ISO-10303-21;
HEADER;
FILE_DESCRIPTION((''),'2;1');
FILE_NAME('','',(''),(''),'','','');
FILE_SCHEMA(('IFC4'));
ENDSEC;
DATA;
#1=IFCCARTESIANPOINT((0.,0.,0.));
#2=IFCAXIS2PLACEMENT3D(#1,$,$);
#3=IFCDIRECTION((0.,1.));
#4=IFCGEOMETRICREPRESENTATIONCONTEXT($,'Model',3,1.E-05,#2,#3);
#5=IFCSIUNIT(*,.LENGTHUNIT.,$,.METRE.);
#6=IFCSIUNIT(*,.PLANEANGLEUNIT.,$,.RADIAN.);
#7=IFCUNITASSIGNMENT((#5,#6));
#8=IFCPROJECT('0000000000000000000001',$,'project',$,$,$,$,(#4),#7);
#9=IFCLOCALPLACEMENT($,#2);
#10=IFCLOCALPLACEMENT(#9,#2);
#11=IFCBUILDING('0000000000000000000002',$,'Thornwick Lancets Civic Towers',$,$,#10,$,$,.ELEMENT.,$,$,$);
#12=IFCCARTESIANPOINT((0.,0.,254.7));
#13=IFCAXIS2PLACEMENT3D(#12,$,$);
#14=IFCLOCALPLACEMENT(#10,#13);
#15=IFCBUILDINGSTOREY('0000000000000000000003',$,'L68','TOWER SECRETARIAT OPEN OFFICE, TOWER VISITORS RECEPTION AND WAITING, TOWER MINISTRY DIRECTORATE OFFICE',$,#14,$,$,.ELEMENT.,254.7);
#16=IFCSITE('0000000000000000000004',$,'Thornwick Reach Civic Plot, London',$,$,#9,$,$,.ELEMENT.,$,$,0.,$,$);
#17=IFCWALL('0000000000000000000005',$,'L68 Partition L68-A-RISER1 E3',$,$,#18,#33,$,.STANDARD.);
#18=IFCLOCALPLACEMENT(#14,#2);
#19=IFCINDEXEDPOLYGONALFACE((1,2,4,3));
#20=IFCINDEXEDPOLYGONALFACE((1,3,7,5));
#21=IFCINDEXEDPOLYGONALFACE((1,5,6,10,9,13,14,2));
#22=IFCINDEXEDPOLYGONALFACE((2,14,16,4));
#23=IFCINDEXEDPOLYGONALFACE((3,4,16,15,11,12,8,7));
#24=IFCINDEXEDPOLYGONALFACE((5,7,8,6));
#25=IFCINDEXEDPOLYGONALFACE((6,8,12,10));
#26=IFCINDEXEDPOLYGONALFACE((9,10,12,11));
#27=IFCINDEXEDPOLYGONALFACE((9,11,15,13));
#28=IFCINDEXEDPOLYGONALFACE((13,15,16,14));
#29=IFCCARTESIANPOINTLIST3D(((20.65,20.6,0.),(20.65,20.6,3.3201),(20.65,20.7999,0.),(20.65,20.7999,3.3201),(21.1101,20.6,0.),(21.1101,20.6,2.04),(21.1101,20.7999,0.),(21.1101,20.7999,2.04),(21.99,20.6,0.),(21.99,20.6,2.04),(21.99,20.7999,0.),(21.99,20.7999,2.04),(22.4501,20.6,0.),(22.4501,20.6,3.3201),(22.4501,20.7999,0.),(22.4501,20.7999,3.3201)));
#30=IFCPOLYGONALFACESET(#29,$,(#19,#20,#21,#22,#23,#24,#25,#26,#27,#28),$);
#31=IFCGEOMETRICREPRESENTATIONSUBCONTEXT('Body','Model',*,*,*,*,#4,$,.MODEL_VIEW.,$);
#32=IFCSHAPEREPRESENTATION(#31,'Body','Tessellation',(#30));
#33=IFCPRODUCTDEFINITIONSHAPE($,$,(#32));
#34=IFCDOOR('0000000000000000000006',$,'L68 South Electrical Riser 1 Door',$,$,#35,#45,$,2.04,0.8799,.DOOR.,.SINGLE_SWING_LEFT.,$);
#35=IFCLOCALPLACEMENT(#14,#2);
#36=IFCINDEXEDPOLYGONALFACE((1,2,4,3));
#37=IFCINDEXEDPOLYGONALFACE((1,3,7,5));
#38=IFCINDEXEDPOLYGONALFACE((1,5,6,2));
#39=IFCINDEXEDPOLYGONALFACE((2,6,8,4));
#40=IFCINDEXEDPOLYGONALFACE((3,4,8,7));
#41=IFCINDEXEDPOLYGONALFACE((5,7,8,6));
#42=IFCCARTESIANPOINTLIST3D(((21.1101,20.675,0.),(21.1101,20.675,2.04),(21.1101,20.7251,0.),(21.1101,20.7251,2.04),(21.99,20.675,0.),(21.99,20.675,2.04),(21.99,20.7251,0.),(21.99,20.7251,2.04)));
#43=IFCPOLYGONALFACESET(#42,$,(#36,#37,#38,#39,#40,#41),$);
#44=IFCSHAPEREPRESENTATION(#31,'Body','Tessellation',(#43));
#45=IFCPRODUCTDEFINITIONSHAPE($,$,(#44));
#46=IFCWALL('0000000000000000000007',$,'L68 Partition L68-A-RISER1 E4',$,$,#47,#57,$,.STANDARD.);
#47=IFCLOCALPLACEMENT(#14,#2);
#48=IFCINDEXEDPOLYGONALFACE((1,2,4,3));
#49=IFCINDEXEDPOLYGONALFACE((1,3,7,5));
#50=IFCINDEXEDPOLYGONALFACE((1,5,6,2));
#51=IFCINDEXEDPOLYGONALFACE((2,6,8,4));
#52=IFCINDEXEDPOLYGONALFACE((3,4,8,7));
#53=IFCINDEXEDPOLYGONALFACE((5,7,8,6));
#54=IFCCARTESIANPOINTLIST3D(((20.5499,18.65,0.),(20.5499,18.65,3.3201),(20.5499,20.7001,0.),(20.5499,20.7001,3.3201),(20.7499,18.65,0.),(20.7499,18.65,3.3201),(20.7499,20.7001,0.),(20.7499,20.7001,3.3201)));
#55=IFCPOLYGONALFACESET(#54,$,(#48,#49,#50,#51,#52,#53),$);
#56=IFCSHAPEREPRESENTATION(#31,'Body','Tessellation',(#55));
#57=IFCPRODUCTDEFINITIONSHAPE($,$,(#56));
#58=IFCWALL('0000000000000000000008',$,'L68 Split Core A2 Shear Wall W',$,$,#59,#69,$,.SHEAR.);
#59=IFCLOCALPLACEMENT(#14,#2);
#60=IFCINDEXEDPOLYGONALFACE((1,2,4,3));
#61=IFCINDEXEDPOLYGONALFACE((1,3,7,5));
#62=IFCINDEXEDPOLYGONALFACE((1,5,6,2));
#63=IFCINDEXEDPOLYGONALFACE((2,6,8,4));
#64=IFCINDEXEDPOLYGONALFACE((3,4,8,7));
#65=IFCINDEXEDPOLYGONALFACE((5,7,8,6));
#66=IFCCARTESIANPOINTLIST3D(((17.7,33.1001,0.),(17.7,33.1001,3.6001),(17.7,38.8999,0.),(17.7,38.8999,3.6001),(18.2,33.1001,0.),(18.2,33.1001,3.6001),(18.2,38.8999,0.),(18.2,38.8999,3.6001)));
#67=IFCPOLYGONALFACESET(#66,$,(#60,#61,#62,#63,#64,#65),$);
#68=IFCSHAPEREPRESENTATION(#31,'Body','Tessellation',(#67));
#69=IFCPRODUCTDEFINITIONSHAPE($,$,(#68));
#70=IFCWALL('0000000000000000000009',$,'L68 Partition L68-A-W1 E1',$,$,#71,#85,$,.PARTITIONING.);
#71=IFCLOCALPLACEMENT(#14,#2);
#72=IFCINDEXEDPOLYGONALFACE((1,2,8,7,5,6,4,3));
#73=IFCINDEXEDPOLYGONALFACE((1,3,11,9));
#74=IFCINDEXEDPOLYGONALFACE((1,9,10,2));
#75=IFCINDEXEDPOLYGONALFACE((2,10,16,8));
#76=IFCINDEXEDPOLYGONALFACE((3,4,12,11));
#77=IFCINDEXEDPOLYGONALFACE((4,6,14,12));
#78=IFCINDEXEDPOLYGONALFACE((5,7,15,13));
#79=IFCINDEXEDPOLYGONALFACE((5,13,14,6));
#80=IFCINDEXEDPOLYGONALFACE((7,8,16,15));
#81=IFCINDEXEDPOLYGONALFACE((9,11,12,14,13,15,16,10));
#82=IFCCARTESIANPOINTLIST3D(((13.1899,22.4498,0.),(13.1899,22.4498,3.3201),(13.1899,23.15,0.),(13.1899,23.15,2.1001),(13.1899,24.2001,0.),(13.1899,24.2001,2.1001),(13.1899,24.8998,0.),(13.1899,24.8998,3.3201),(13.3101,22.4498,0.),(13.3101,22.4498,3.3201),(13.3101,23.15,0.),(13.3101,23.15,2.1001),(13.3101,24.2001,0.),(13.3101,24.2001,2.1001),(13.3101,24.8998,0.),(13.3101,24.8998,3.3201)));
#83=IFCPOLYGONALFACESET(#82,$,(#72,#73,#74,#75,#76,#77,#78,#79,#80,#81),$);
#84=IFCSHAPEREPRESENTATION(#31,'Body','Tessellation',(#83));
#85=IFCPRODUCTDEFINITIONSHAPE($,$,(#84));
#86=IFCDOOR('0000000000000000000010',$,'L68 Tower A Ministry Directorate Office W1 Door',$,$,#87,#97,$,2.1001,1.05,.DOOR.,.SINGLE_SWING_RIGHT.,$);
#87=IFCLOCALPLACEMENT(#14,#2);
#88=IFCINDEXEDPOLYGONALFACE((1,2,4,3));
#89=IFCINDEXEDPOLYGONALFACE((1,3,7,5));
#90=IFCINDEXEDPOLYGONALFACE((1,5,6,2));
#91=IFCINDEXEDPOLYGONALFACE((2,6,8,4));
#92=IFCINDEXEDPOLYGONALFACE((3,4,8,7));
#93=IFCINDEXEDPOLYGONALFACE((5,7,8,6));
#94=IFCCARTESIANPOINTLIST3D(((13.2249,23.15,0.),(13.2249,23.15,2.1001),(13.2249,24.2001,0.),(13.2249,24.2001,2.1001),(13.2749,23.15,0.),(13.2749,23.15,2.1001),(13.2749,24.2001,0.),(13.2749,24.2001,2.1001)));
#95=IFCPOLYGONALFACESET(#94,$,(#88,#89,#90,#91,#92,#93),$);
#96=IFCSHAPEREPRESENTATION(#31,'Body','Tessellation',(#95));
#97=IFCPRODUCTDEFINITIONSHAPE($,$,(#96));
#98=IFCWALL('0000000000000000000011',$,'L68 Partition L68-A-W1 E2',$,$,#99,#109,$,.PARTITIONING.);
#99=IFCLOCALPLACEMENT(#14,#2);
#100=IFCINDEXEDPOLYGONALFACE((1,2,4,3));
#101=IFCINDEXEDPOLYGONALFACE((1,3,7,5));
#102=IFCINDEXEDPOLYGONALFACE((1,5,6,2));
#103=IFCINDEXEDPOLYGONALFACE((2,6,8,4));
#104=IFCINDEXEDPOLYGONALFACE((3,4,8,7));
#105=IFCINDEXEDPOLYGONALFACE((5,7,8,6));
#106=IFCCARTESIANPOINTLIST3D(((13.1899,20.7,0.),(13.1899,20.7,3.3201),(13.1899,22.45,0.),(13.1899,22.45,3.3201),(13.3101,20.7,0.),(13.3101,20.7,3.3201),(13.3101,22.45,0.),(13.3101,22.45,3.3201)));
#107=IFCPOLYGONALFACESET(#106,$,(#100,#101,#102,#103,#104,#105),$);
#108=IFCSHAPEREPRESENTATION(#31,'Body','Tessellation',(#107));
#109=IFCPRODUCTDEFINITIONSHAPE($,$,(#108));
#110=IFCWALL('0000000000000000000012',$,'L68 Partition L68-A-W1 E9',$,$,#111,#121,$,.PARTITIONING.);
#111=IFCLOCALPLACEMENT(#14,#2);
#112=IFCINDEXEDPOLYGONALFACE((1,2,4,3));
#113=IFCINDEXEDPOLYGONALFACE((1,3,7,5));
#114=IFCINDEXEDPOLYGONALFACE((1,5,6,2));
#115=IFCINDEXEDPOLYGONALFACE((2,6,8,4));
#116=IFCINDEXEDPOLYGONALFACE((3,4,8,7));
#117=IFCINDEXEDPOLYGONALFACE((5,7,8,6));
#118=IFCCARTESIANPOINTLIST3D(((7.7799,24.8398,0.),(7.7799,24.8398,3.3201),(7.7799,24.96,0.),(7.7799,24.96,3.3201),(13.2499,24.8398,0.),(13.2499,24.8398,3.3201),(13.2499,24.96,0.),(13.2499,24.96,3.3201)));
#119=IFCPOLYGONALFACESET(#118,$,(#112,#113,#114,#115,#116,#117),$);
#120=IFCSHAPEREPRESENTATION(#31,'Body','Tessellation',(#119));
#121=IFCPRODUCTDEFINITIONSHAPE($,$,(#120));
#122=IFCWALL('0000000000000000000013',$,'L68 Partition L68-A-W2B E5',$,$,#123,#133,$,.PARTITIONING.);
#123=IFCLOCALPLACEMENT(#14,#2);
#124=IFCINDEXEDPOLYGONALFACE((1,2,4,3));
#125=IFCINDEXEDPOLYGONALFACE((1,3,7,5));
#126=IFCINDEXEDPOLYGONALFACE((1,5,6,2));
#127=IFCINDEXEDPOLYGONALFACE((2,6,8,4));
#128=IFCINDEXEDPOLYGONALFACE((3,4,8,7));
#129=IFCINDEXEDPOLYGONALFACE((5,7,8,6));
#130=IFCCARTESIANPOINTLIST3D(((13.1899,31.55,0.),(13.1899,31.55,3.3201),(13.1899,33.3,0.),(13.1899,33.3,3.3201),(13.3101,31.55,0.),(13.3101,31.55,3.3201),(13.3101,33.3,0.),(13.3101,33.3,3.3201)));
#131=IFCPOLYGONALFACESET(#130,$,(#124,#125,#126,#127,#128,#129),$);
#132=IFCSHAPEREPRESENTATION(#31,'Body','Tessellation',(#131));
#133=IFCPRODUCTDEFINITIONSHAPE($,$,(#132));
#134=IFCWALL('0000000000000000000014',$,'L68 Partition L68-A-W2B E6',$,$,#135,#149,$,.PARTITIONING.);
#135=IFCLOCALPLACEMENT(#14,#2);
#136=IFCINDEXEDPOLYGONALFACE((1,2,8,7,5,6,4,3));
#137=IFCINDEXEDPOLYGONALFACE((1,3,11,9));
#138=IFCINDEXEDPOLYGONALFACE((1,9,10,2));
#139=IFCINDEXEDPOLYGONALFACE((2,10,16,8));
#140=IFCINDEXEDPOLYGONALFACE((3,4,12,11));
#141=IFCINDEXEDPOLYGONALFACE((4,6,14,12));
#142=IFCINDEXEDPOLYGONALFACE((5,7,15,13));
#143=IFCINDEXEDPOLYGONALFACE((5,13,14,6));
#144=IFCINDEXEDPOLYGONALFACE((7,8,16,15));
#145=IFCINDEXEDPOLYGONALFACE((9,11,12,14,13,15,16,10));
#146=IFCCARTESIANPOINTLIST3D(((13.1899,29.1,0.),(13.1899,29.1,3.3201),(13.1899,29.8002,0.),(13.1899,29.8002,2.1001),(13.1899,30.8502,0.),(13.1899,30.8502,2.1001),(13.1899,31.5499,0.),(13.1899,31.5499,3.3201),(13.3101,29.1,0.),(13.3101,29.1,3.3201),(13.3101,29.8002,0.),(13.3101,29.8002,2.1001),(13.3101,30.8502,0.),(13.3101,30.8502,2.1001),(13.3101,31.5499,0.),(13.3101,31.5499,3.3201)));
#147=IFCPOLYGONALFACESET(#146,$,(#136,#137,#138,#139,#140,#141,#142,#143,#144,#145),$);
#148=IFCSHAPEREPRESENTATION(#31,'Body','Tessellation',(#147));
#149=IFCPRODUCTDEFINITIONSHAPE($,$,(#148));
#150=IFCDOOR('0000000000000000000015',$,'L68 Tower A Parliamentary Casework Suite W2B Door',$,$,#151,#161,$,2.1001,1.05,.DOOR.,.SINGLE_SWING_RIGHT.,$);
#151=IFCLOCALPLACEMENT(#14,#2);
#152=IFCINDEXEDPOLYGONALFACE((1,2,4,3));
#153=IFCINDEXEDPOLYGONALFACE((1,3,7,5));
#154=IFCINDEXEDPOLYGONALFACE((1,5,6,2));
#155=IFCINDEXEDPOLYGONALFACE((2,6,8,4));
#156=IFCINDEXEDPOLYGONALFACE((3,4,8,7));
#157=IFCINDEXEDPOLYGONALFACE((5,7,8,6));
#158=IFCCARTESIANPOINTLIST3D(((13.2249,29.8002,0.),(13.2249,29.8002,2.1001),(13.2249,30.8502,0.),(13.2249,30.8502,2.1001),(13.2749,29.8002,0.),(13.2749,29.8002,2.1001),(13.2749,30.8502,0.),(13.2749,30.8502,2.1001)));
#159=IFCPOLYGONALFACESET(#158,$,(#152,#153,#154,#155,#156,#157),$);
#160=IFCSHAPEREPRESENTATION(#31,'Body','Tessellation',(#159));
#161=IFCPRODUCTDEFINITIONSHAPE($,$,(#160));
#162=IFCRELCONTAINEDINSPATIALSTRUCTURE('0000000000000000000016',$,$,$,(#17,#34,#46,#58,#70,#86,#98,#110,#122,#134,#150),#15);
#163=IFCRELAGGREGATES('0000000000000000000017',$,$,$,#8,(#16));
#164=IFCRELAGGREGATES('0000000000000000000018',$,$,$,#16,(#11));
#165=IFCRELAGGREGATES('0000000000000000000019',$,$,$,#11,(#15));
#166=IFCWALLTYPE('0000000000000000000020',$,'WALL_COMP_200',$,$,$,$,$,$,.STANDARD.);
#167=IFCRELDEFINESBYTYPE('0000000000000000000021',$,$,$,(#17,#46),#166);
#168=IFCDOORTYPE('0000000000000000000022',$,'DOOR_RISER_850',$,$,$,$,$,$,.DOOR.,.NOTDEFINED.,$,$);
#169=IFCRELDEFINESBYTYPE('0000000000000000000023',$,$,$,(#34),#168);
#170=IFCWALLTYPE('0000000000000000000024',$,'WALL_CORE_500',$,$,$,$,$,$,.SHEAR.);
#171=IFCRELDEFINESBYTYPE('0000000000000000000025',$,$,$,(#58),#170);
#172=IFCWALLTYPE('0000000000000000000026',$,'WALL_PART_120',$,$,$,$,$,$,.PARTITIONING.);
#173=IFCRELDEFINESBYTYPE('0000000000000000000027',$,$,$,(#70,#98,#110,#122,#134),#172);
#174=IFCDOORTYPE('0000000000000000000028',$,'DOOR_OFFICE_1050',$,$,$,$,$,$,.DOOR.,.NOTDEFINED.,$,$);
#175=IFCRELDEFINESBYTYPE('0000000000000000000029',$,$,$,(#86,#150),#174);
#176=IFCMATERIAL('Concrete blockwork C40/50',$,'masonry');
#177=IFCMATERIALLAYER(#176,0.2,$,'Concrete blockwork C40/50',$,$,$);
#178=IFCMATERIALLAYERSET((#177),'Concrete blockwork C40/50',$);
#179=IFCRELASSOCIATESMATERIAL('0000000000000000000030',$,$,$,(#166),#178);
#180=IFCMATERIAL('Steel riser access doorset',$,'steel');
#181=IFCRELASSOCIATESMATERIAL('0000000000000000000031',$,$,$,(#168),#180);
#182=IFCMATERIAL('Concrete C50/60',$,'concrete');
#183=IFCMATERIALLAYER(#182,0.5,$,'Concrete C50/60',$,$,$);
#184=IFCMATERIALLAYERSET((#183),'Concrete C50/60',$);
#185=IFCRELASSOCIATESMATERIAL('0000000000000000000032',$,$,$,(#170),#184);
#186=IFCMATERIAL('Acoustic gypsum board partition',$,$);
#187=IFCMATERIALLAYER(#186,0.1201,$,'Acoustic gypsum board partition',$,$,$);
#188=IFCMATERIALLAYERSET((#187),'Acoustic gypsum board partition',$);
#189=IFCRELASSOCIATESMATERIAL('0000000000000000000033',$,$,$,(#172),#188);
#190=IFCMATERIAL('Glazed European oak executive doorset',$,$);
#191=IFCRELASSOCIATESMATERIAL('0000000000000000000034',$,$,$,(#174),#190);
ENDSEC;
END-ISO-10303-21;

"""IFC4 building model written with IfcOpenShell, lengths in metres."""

from ifc_helpers import new_model, si_unit, direction, frame, frame_2d, origin, place, context, subcontext, project, spatial, rectangle, extrude, material, layer, layer_set, type_object, element, fill, save


model = new_model("IFC4")

# Units and contexts
model_context = context("Model", 3, precision=1e-05, world=origin(), true_north=direction((0.0, 1.0)))
body_context = subcontext(model_context, "Body", "Model", "MODEL_VIEW")
ifc_project = project(units=[si_unit("LENGTHUNIT", "METRE"), si_unit("PLANEANGLEUNIT", "RADIAN")], contexts=[model_context])

# Site, building, storey
site_placement = place(None, origin())
site = spatial("IfcSite", under=ifc_project, at=site_placement, Name="Thornwick Reach Civic Plot, London", CompositionType="ELEMENT", RefElevation=0.0)
building_placement = place(site_placement, origin())
building = spatial("IfcBuilding", under=site, at=building_placement, Name="Thornwick Lancets Civic Towers", CompositionType="ELEMENT")
storey_placement = place(building_placement, frame((0.0, 0.0, 254.7)))
storey = spatial("IfcBuildingStorey", under=building, at=storey_placement, Name="L68", Description="TOWER SECRETARIAT OPEN OFFICE, TOWER VISITORS RECEPTION AND WAITING, TOWER MINISTRY DIRECTORATE OFFICE", CompositionType="ELEMENT", Elevation=254.7)

# Shared definitions
ifc_material_1 = material(Name="Concrete C50/60", Category="concrete")

# Wall, opening, door
ifc_material_2 = material(Name="Concrete blockwork C40/50", Category="masonry")
ifc_layer_1 = layer(ifc_material_2, 0.2, Name="Concrete blockwork C40/50")
ifc_layer_set_1 = layer_set([ifc_layer_1], Name="Concrete blockwork C40/50")
wall_type_1 = type_object("IfcWallType", Name="WALL_COMP_200", PredefinedType="STANDARD", material=ifc_layer_set_1)
wall_1_placement = place(storey_placement, frame((22.45, 20.7, 0.0), z_axis=(0.0, 0.0, 1.0), x_axis=(-1.0, 0.0, 0.0)))
wall_1 = element("IfcWall", 1, at=wall_1_placement, inside=storey, type_object=wall_type_1, Name="L68 Partition L68-A-RISER1 E3", PredefinedType="STANDARD", context=body_context, shape_type="SweptSolid", body=[
    extrude(rectangle(XDim=1.8, YDim=0.2, at=frame_2d((0.8999, 0.0))), origin(), (0.0, 0.0, 1.0), 3.3201),
])
opening_1_placement = place(wall_1_placement, frame((0.46, 0.0, 0.0)))
opening_1 = element("IfcOpeningElement", 2, at=opening_1_placement, cuts=wall_1, PredefinedType="OPENING", context=body_context, shape_type="SweptSolid", body=[
    extrude(rectangle(XDim=0.8799, YDim=2.04, at=frame_2d((0.4399, 1.02))), frame((0.0, 0.1099, 0.0), z_axis=(0.0, -1.0, 0.0), x_axis=(1.0, 0.0, 0.0)), (0.0, 0.0, 1.0), 0.22),
])
ifc_material_3 = material(Name="Steel riser access doorset", Category="steel")
door_type_1 = type_object("IfcDoorType", Name="DOOR_RISER_850", OperationType="NOTDEFINED", PredefinedType="DOOR", material=ifc_material_3)
door_1_placement = place(opening_1_placement, origin())
door_1 = element("IfcDoor", 3, at=door_1_placement, inside=storey, type_object=door_type_1, Name="L68 South Electrical Riser 1 Door", OperationType="SINGLE_SWING_LEFT", OverallHeight=2.04, OverallWidth=0.8799, PredefinedType="DOOR", context=body_context, shape_type="SweptSolid", body=[
    extrude(rectangle(XDim=0.8799, YDim=2.04, at=frame_2d((0.4399, 1.02))), frame((0.0, 0.0249, 0.0), z_axis=(0.0, -1.0, 0.0), x_axis=(1.0, 0.0, 0.0)), (0.0, 0.0, 1.0), 0.05),
])
fill(opening_1, door_1)

# Walls
wall_2_placement = place(storey_placement, frame((20.6499, 20.7, 0.0), z_axis=(0.0, 0.0, 1.0), x_axis=(0.0, -1.0, 0.0)))
element("IfcWall", 4, at=wall_2_placement, inside=storey, type_object=wall_type_1, Name="L68 Partition L68-A-RISER1 E4", PredefinedType="STANDARD", context=body_context, shape_type="SweptSolid", body=[
    extrude(rectangle(XDim=2.05, YDim=0.2, at=frame_2d((1.0249, 0.0))), origin(), (0.0, 0.0, 1.0), 3.3201),
])
ifc_layer_2 = layer(ifc_material_1, 0.5, Name="Concrete C50/60")
ifc_layer_set_2 = layer_set([ifc_layer_2], Name="Concrete C50/60")
wall_type_2 = type_object("IfcWallType", Name="WALL_CORE_500", PredefinedType="SHEAR", material=ifc_layer_set_2)
wall_3_placement = place(storey_placement, frame((17.95, 33.1001, 0.0), z_axis=(0.0, 0.0, 1.0), x_axis=(0.0, 1.0, 0.0)))
element("IfcWall", 5, at=wall_3_placement, inside=storey, type_object=wall_type_2, Name="L68 Split Core A2 Shear Wall W", PredefinedType="SHEAR", context=body_context, shape_type="SweptSolid", body=[
    extrude(rectangle(XDim=5.7998, YDim=0.5, at=frame_2d((2.8999, 0.0))), origin(), (0.0, 0.0, 1.0), 3.6001),
])

# Wall, opening, door
ifc_material_4 = material(Name="Acoustic gypsum board partition")
ifc_layer_3 = layer(ifc_material_4, 0.1201, Name="Acoustic gypsum board partition")
ifc_layer_set_3 = layer_set([ifc_layer_3], Name="Acoustic gypsum board partition")
wall_type_3 = type_object("IfcWallType", Name="WALL_PART_120", PredefinedType="PARTITIONING", material=ifc_layer_set_3)
wall_4_placement = place(storey_placement, frame((13.25, 24.8999, 0.0), z_axis=(0.0, 0.0, 1.0), x_axis=(0.0, -1.0, 0.0)))
wall_4 = element("IfcWall", 6, at=wall_4_placement, inside=storey, type_object=wall_type_3, Name="L68 Partition L68-A-W1 E1", PredefinedType="PARTITIONING", context=body_context, shape_type="SweptSolid", body=[
    extrude(rectangle(XDim=2.45, YDim=0.1201, at=frame_2d((1.2251, 0.0))), origin(), (0.0, 0.0, 1.0), 3.3201),
])
opening_2_placement = place(wall_4_placement, frame((0.7, 0.0, 0.0)))
opening_2 = element("IfcOpeningElement", 7, at=opening_2_placement, cuts=wall_4, PredefinedType="OPENING", context=body_context, shape_type="SweptSolid", body=[
    extrude(rectangle(XDim=1.05, YDim=2.1001, at=frame_2d((0.5249, 1.05))), frame((0.0, 0.0701, 0.0), z_axis=(0.0, -1.0, 0.0), x_axis=(1.0, 0.0, 0.0)), (0.0, 0.0, 1.0), 0.1401),
])
ifc_material_5 = material(Name="Glazed European oak executive doorset")
door_type_2 = type_object("IfcDoorType", Name="DOOR_OFFICE_1050", OperationType="NOTDEFINED", PredefinedType="DOOR", material=ifc_material_5)
door_2_placement = place(opening_2_placement, origin())
door_2 = element("IfcDoor", 8, at=door_2_placement, inside=storey, type_object=door_type_2, Name="L68 Tower A Ministry Directorate Office W1 Door", OperationType="SINGLE_SWING_RIGHT", OverallHeight=2.1001, OverallWidth=1.05, PredefinedType="DOOR", context=body_context, shape_type="SweptSolid", body=[
    extrude(rectangle(XDim=1.05, YDim=2.1001, at=frame_2d((0.5249, 1.05))), frame((0.0, 0.0249, 0.0), z_axis=(0.0, -1.0, 0.0), x_axis=(1.0, 0.0, 0.0)), (0.0, 0.0, 1.0), 0.05),
])
fill(opening_2, door_2)

# Walls
wall_5_placement = place(storey_placement, frame((13.25, 22.45, 0.0), z_axis=(0.0, 0.0, 1.0), x_axis=(0.0, -1.0, 0.0)))
element("IfcWall", 9, at=wall_5_placement, inside=storey, type_object=wall_type_3, Name="L68 Partition L68-A-W1 E2", PredefinedType="PARTITIONING", context=body_context, shape_type="SweptSolid", body=[
    extrude(rectangle(XDim=1.75, YDim=0.1201, at=frame_2d((0.875, 0.0))), origin(), (0.0, 0.0, 1.0), 3.3201),
])
wall_6_placement = place(storey_placement, frame((7.78, 24.8999, 0.0), z_axis=(0.0, 0.0, 1.0), x_axis=(1.0, 0.0, 0.0)))
element("IfcWall", 10, at=wall_6_placement, inside=storey, type_object=wall_type_3, Name="L68 Partition L68-A-W1 E9", PredefinedType="PARTITIONING", context=body_context, shape_type="SweptSolid", body=[
    extrude(rectangle(XDim=5.47, YDim=0.1201, at=frame_2d((2.7349, 0.0))), origin(), (0.0, 0.0, 1.0), 3.3201),
])
wall_7_placement = place(storey_placement, frame((13.25, 33.3, 0.0), z_axis=(0.0, 0.0, 1.0), x_axis=(0.0, -1.0, 0.0)))
element("IfcWall", 11, at=wall_7_placement, inside=storey, type_object=wall_type_3, Name="L68 Partition L68-A-W2B E5", PredefinedType="PARTITIONING", context=body_context, shape_type="SweptSolid", body=[
    extrude(rectangle(XDim=1.75, YDim=0.1201, at=frame_2d((0.875, 0.0))), origin(), (0.0, 0.0, 1.0), 3.3201),
])

# Wall, opening, door
wall_8_placement = place(storey_placement, frame((13.25, 31.55, 0.0), z_axis=(0.0, 0.0, 1.0), x_axis=(0.0, -1.0, 0.0)))
wall_8 = element("IfcWall", 12, at=wall_8_placement, inside=storey, type_object=wall_type_3, Name="L68 Partition L68-A-W2B E6", PredefinedType="PARTITIONING", context=body_context, shape_type="SweptSolid", body=[
    extrude(rectangle(XDim=2.45, YDim=0.1201, at=frame_2d((1.2251, 0.0))), origin(), (0.0, 0.0, 1.0), 3.3201),
])
opening_3_placement = place(wall_8_placement, frame((0.7, 0.0, 0.0)))
opening_3 = element("IfcOpeningElement", 13, at=opening_3_placement, cuts=wall_8, PredefinedType="OPENING", context=body_context, shape_type="SweptSolid", body=[
    extrude(rectangle(XDim=1.05, YDim=2.1001, at=frame_2d((0.5249, 1.05))), frame((0.0, 0.0701, 0.0), z_axis=(0.0, -1.0, 0.0), x_axis=(1.0, 0.0, 0.0)), (0.0, 0.0, 1.0), 0.1401),
])
door_3_placement = place(opening_3_placement, origin())
door_3 = element("IfcDoor", 14, at=door_3_placement, inside=storey, type_object=door_type_2, Name="L68 Tower A Parliamentary Casework Suite W2B Door", OperationType="SINGLE_SWING_RIGHT", OverallHeight=2.1001, OverallWidth=1.05, PredefinedType="DOOR", context=body_context, shape_type="SweptSolid", body=[
    extrude(rectangle(XDim=1.05, YDim=2.1001, at=frame_2d((0.5249, 1.05))), frame((0.0, 0.0249, 0.0), z_axis=(0.0, -1.0, 0.0), x_axis=(1.0, 0.0, 0.0)), (0.0, 0.0, 1.0), 0.05),
])
fill(opening_3, door_3)

save(model, "model.ifc")
